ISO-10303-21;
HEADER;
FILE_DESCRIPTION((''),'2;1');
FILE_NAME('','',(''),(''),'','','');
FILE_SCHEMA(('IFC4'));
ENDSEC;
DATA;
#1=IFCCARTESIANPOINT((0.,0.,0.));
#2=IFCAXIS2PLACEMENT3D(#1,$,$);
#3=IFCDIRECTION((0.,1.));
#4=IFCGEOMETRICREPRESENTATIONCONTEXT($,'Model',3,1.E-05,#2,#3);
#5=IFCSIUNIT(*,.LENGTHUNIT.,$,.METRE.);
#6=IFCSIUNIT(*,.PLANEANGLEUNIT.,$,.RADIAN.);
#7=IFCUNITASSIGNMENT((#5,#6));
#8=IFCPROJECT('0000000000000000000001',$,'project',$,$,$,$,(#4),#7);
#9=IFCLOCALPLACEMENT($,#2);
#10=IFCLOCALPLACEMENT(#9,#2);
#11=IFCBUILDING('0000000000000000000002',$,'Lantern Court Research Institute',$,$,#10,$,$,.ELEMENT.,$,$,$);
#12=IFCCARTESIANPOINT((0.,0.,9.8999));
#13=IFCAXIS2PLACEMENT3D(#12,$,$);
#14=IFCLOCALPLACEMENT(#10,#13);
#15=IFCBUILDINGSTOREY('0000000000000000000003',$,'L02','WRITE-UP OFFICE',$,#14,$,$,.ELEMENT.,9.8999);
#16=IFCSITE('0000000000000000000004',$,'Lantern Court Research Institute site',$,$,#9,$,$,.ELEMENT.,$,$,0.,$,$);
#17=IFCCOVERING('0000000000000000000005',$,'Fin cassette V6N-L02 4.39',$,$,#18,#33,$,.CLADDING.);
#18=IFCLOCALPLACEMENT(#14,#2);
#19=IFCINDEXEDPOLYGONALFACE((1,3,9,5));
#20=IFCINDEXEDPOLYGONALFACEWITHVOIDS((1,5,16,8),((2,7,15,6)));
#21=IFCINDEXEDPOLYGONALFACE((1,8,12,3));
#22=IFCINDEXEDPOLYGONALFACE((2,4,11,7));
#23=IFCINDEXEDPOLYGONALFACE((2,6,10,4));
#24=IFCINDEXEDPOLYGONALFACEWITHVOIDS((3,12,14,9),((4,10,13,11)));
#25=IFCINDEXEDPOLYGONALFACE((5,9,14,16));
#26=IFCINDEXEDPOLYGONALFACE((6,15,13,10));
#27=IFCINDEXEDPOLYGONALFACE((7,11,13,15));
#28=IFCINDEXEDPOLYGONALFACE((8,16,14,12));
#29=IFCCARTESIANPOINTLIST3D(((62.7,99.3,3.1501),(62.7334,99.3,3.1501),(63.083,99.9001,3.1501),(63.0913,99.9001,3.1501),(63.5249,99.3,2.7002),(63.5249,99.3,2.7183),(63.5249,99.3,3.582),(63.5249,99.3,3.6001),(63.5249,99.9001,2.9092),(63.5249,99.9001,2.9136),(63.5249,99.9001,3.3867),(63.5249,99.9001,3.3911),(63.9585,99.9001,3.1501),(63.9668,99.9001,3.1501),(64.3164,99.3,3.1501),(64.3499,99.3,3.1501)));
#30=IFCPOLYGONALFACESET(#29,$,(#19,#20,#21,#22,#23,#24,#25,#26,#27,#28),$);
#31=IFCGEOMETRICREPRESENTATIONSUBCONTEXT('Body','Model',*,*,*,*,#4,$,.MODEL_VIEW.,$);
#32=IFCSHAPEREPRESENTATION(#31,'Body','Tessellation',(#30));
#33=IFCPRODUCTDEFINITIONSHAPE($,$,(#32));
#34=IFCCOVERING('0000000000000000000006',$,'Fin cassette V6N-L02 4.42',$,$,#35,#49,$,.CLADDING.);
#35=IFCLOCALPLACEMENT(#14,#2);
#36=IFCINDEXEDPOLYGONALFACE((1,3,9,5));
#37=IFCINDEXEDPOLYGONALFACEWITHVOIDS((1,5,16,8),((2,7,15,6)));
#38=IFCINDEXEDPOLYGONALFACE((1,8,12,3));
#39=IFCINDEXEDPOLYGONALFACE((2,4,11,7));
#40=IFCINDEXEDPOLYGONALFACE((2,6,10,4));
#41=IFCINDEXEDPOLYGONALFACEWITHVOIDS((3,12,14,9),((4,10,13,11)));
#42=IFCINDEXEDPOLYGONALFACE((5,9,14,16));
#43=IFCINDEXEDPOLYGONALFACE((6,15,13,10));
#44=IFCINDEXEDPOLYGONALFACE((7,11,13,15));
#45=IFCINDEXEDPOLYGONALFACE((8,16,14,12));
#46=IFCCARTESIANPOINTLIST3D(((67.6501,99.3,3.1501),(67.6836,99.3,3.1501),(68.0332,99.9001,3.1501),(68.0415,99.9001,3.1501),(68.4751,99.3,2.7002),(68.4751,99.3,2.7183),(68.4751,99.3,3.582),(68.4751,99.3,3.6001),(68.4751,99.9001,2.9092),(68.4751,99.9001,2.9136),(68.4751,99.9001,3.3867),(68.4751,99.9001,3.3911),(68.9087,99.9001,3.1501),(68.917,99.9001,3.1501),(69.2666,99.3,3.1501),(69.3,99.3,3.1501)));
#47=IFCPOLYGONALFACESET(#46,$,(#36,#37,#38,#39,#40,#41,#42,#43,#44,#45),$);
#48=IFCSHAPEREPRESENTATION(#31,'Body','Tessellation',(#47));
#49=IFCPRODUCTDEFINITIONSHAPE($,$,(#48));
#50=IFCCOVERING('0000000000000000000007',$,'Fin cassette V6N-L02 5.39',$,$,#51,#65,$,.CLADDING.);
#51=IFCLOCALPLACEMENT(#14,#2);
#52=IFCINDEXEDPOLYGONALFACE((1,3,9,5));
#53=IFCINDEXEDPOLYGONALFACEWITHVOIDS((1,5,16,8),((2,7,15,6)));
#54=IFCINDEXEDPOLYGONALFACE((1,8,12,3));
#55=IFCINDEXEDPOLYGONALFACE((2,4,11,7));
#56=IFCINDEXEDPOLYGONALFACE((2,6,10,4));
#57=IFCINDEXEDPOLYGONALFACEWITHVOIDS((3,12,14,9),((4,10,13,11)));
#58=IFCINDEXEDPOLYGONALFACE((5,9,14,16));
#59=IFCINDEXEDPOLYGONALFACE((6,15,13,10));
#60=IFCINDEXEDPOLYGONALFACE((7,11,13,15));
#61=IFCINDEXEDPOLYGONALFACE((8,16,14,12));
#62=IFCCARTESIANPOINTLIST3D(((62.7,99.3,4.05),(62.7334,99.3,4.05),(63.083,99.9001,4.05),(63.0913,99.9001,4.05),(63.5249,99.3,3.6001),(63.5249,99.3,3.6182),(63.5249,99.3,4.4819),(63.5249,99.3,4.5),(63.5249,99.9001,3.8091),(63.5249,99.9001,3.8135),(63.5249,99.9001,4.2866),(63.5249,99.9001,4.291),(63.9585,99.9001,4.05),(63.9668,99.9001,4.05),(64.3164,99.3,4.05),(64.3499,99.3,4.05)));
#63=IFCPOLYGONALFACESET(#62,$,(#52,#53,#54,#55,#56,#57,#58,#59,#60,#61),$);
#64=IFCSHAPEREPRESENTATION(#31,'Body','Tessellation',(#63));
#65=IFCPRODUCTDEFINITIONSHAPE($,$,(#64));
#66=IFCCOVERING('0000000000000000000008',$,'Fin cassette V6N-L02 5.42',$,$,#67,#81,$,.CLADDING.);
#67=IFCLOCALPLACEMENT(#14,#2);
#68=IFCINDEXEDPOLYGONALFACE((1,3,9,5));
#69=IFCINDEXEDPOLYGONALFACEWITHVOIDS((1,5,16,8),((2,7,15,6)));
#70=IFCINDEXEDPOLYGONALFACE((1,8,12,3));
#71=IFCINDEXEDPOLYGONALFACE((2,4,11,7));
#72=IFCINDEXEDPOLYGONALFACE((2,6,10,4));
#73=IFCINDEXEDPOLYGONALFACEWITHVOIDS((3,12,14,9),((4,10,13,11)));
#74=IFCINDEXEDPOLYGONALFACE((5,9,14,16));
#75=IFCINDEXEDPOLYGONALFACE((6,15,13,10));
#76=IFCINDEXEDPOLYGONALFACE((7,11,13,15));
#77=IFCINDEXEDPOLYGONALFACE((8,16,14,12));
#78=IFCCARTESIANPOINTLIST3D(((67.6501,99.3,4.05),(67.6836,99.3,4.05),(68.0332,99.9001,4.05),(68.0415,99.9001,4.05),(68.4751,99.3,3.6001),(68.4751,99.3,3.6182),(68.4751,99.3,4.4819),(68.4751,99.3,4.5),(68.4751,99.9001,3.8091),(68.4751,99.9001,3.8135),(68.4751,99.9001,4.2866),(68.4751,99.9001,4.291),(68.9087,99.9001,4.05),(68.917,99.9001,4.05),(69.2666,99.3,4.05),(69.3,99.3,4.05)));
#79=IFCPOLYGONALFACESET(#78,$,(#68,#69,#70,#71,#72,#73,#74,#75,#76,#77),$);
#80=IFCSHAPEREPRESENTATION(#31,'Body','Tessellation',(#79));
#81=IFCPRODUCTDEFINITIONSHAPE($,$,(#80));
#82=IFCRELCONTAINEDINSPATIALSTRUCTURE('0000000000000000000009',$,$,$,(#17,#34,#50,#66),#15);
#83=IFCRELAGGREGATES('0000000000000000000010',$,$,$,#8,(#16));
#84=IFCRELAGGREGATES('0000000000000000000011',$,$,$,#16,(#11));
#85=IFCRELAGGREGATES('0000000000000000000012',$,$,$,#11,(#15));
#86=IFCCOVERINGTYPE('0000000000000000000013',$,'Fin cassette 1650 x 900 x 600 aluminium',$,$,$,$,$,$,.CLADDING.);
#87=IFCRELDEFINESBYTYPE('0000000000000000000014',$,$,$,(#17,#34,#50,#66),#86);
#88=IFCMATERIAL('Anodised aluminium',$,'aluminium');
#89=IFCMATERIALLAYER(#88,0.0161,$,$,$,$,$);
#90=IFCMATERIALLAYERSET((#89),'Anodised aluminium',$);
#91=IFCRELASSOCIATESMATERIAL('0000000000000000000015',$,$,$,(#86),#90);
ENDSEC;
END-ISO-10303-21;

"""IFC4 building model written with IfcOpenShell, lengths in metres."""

from ifc_helpers import new_model, entity, si_unit, direction, frame, origin, place, context, subcontext, project, spatial, material, layer, layer_set, type_object, element, save


model = new_model("IFC4")

# Units and contexts
model_context = context("Model", 3, precision=1e-05, world=origin(), true_north=direction((0.0, 1.0)))
body_context = subcontext(model_context, "Body", "Model", "MODEL_VIEW")
ifc_project = project(units=[si_unit("LENGTHUNIT", "METRE"), si_unit("PLANEANGLEUNIT", "RADIAN")], contexts=[model_context])

# Site, building, storey
site_placement = place(None, origin())
site = spatial("IfcSite", under=ifc_project, at=site_placement, Name="Lantern Court Research Institute site", CompositionType="ELEMENT", RefElevation=0.0)
building_placement = place(site_placement, origin())
building = spatial("IfcBuilding", under=site, at=building_placement, Name="Lantern Court Research Institute", CompositionType="ELEMENT")
storey_placement = place(building_placement, frame((0.0, 0.0, 9.8999)))
storey = spatial("IfcBuildingStorey", under=building, at=storey_placement, Name="L02", Description="WRITE-UP OFFICE", CompositionType="ELEMENT", Elevation=9.8999)

# Coverings
ifc_material_1 = material(Name="Anodised aluminium", Category="aluminium")
ifc_layer_1 = layer(ifc_material_1, 0.0161)
ifc_layer_set_1 = layer_set([ifc_layer_1], Name="Anodised aluminium")
covering_type_1 = type_object("IfcCoveringType", Name="Fin cassette 1650 x 900 x 600 aluminium", PredefinedType="CLADDING", material=ifc_layer_set_1)
covering_1_placement = place(storey_placement, frame((63.5249, 99.3, 3.1501), z_axis=(0.0, 1.0, 0.0), x_axis=(-1.0, 0.0, 0.0)))
cartesian_point_1 = entity("IfcCartesianPoint", [0.825, 0.0])
cartesian_point_2 = entity("IfcCartesianPoint", [0.7915, 0.0])
cartesian_point_3 = entity("IfcCartesianPoint", [0.4419, 0.0])
cartesian_point_4 = entity("IfcCartesianPoint", [0.4336, 0.0])
element("IfcCovering", 1, at=covering_1_placement, inside=storey, type_object=covering_type_1, Name="Fin cassette V6N-L02 4.39", PredefinedType="CLADDING", context=body_context, shape_type="SweptSolid", body=[
    entity("IfcExtrudedAreaSolidTapered", entity("IfcArbitraryProfileDefWithVoids", "AREA", None, entity("IfcPolyline", [cartesian_point_1, entity("IfcCartesianPoint", [0.0, 0.45]), entity("IfcCartesianPoint", [-0.825, 0.0]), entity("IfcCartesianPoint", [0.0, -0.45]), cartesian_point_1]), [entity("IfcPolyline", [cartesian_point_2, entity("IfcCartesianPoint", [0.0, 0.4319]), entity("IfcCartesianPoint", [-0.7915, 0.0]), entity("IfcCartesianPoint", [0.0, -0.4319]), cartesian_point_2])]), entity("IfcAxis2Placement3D", entity("IfcCartesianPoint", [0.0, 0.0, 0.0])), entity("IfcDirection", [0.0, 0.0, 1.0]), 0.6001, entity("IfcArbitraryProfileDefWithVoids", "AREA", None, entity("IfcPolyline", [cartesian_point_3, entity("IfcCartesianPoint", [0.0, 0.241]), entity("IfcCartesianPoint", [-0.4419, 0.0]), entity("IfcCartesianPoint", [0.0, -0.241]), cartesian_point_3]), [entity("IfcPolyline", [cartesian_point_4, entity("IfcCartesianPoint", [0.0, 0.2366]), entity("IfcCartesianPoint", [-0.4336, 0.0]), entity("IfcCartesianPoint", [0.0, -0.2366]), cartesian_point_4])])),
])
covering_2_placement = place(storey_placement, frame((68.4751, 99.3, 3.1501), z_axis=(0.0, 1.0, 0.0), x_axis=(-1.0, 0.0, 0.0)))
cartesian_point_5 = entity("IfcCartesianPoint", [0.825, 0.0])
cartesian_point_6 = entity("IfcCartesianPoint", [0.7915, 0.0])
cartesian_point_7 = entity("IfcCartesianPoint", [0.4419, 0.0])
cartesian_point_8 = entity("IfcCartesianPoint", [0.4336, 0.0])
element("IfcCovering", 2, at=covering_2_placement, inside=storey, type_object=covering_type_1, Name="Fin cassette V6N-L02 4.42", PredefinedType="CLADDING", context=body_context, shape_type="SweptSolid", body=[
    entity("IfcExtrudedAreaSolidTapered", entity("IfcArbitraryProfileDefWithVoids", "AREA", None, entity("IfcPolyline", [cartesian_point_5, entity("IfcCartesianPoint", [0.0, 0.45]), entity("IfcCartesianPoint", [-0.825, 0.0]), entity("IfcCartesianPoint", [0.0, -0.45]), cartesian_point_5]), [entity("IfcPolyline", [cartesian_point_6, entity("IfcCartesianPoint", [0.0, 0.4319]), entity("IfcCartesianPoint", [-0.7915, 0.0]), entity("IfcCartesianPoint", [0.0, -0.4319]), cartesian_point_6])]), entity("IfcAxis2Placement3D", entity("IfcCartesianPoint", [0.0, 0.0, 0.0])), entity("IfcDirection", [0.0, 0.0, 1.0]), 0.6001, entity("IfcArbitraryProfileDefWithVoids", "AREA", None, entity("IfcPolyline", [cartesian_point_7, entity("IfcCartesianPoint", [0.0, 0.241]), entity("IfcCartesianPoint", [-0.4419, 0.0]), entity("IfcCartesianPoint", [0.0, -0.241]), cartesian_point_7]), [entity("IfcPolyline", [cartesian_point_8, entity("IfcCartesianPoint", [0.0, 0.2366]), entity("IfcCartesianPoint", [-0.4336, 0.0]), entity("IfcCartesianPoint", [0.0, -0.2366]), cartesian_point_8])])),
])
covering_3_placement = place(storey_placement, frame((63.5249, 99.3, 4.05), z_axis=(0.0, 1.0, 0.0), x_axis=(-1.0, 0.0, 0.0)))
cartesian_point_9 = entity("IfcCartesianPoint", [0.825, 0.0])
cartesian_point_10 = entity("IfcCartesianPoint", [0.7915, 0.0])
cartesian_point_11 = entity("IfcCartesianPoint", [0.4419, 0.0])
cartesian_point_12 = entity("IfcCartesianPoint", [0.4336, 0.0])
element("IfcCovering", 3, at=covering_3_placement, inside=storey, type_object=covering_type_1, Name="Fin cassette V6N-L02 5.39", PredefinedType="CLADDING", context=body_context, shape_type="SweptSolid", body=[
    entity("IfcExtrudedAreaSolidTapered", entity("IfcArbitraryProfileDefWithVoids", "AREA", None, entity("IfcPolyline", [cartesian_point_9, entity("IfcCartesianPoint", [0.0, 0.45]), entity("IfcCartesianPoint", [-0.825, 0.0]), entity("IfcCartesianPoint", [0.0, -0.45]), cartesian_point_9]), [entity("IfcPolyline", [cartesian_point_10, entity("IfcCartesianPoint", [0.0, 0.4319]), entity("IfcCartesianPoint", [-0.7915, 0.0]), entity("IfcCartesianPoint", [0.0, -0.4319]), cartesian_point_10])]), entity("IfcAxis2Placement3D", entity("IfcCartesianPoint", [0.0, 0.0, 0.0])), entity("IfcDirection", [0.0, 0.0, 1.0]), 0.6001, entity("IfcArbitraryProfileDefWithVoids", "AREA", None, entity("IfcPolyline", [cartesian_point_11, entity("IfcCartesianPoint", [0.0, 0.241]), entity("IfcCartesianPoint", [-0.4419, 0.0]), entity("IfcCartesianPoint", [0.0, -0.241]), cartesian_point_11]), [entity("IfcPolyline", [cartesian_point_12, entity("IfcCartesianPoint", [0.0, 0.2366]), entity("IfcCartesianPoint", [-0.4336, 0.0]), entity("IfcCartesianPoint", [0.0, -0.2366]), cartesian_point_12])])),
])
covering_4_placement = place(storey_placement, frame((68.4751, 99.3, 4.05), z_axis=(0.0, 1.0, 0.0), x_axis=(-1.0, 0.0, 0.0)))
cartesian_point_13 = entity("IfcCartesianPoint", [0.825, 0.0])
cartesian_point_14 = entity("IfcCartesianPoint", [0.7915, 0.0])
cartesian_point_15 = entity("IfcCartesianPoint", [0.4419, 0.0])
cartesian_point_16 = entity("IfcCartesianPoint", [0.4336, 0.0])
element("IfcCovering", 4, at=covering_4_placement, inside=storey, type_object=covering_type_1, Name="Fin cassette V6N-L02 5.42", PredefinedType="CLADDING", context=body_context, shape_type="SweptSolid", body=[
    entity("IfcExtrudedAreaSolidTapered", entity("IfcArbitraryProfileDefWithVoids", "AREA", None, entity("IfcPolyline", [cartesian_point_13, entity("IfcCartesianPoint", [0.0, 0.45]), entity("IfcCartesianPoint", [-0.825, 0.0]), entity("IfcCartesianPoint", [0.0, -0.45]), cartesian_point_13]), [entity("IfcPolyline", [cartesian_point_14, entity("IfcCartesianPoint", [0.0, 0.4319]), entity("IfcCartesianPoint", [-0.7915, 0.0]), entity("IfcCartesianPoint", [0.0, -0.4319]), cartesian_point_14])]), entity("IfcAxis2Placement3D", entity("IfcCartesianPoint", [0.0, 0.0, 0.0])), entity("IfcDirection", [0.0, 0.0, 1.0]), 0.6001, entity("IfcArbitraryProfileDefWithVoids", "AREA", None, entity("IfcPolyline", [cartesian_point_15, entity("IfcCartesianPoint", [0.0, 0.241]), entity("IfcCartesianPoint", [-0.4419, 0.0]), entity("IfcCartesianPoint", [0.0, -0.241]), cartesian_point_15]), [entity("IfcPolyline", [cartesian_point_16, entity("IfcCartesianPoint", [0.0, 0.2366]), entity("IfcCartesianPoint", [-0.4336, 0.0]), entity("IfcCartesianPoint", [0.0, -0.2366]), cartesian_point_16])])),
])

save(model, "model.ifc")
